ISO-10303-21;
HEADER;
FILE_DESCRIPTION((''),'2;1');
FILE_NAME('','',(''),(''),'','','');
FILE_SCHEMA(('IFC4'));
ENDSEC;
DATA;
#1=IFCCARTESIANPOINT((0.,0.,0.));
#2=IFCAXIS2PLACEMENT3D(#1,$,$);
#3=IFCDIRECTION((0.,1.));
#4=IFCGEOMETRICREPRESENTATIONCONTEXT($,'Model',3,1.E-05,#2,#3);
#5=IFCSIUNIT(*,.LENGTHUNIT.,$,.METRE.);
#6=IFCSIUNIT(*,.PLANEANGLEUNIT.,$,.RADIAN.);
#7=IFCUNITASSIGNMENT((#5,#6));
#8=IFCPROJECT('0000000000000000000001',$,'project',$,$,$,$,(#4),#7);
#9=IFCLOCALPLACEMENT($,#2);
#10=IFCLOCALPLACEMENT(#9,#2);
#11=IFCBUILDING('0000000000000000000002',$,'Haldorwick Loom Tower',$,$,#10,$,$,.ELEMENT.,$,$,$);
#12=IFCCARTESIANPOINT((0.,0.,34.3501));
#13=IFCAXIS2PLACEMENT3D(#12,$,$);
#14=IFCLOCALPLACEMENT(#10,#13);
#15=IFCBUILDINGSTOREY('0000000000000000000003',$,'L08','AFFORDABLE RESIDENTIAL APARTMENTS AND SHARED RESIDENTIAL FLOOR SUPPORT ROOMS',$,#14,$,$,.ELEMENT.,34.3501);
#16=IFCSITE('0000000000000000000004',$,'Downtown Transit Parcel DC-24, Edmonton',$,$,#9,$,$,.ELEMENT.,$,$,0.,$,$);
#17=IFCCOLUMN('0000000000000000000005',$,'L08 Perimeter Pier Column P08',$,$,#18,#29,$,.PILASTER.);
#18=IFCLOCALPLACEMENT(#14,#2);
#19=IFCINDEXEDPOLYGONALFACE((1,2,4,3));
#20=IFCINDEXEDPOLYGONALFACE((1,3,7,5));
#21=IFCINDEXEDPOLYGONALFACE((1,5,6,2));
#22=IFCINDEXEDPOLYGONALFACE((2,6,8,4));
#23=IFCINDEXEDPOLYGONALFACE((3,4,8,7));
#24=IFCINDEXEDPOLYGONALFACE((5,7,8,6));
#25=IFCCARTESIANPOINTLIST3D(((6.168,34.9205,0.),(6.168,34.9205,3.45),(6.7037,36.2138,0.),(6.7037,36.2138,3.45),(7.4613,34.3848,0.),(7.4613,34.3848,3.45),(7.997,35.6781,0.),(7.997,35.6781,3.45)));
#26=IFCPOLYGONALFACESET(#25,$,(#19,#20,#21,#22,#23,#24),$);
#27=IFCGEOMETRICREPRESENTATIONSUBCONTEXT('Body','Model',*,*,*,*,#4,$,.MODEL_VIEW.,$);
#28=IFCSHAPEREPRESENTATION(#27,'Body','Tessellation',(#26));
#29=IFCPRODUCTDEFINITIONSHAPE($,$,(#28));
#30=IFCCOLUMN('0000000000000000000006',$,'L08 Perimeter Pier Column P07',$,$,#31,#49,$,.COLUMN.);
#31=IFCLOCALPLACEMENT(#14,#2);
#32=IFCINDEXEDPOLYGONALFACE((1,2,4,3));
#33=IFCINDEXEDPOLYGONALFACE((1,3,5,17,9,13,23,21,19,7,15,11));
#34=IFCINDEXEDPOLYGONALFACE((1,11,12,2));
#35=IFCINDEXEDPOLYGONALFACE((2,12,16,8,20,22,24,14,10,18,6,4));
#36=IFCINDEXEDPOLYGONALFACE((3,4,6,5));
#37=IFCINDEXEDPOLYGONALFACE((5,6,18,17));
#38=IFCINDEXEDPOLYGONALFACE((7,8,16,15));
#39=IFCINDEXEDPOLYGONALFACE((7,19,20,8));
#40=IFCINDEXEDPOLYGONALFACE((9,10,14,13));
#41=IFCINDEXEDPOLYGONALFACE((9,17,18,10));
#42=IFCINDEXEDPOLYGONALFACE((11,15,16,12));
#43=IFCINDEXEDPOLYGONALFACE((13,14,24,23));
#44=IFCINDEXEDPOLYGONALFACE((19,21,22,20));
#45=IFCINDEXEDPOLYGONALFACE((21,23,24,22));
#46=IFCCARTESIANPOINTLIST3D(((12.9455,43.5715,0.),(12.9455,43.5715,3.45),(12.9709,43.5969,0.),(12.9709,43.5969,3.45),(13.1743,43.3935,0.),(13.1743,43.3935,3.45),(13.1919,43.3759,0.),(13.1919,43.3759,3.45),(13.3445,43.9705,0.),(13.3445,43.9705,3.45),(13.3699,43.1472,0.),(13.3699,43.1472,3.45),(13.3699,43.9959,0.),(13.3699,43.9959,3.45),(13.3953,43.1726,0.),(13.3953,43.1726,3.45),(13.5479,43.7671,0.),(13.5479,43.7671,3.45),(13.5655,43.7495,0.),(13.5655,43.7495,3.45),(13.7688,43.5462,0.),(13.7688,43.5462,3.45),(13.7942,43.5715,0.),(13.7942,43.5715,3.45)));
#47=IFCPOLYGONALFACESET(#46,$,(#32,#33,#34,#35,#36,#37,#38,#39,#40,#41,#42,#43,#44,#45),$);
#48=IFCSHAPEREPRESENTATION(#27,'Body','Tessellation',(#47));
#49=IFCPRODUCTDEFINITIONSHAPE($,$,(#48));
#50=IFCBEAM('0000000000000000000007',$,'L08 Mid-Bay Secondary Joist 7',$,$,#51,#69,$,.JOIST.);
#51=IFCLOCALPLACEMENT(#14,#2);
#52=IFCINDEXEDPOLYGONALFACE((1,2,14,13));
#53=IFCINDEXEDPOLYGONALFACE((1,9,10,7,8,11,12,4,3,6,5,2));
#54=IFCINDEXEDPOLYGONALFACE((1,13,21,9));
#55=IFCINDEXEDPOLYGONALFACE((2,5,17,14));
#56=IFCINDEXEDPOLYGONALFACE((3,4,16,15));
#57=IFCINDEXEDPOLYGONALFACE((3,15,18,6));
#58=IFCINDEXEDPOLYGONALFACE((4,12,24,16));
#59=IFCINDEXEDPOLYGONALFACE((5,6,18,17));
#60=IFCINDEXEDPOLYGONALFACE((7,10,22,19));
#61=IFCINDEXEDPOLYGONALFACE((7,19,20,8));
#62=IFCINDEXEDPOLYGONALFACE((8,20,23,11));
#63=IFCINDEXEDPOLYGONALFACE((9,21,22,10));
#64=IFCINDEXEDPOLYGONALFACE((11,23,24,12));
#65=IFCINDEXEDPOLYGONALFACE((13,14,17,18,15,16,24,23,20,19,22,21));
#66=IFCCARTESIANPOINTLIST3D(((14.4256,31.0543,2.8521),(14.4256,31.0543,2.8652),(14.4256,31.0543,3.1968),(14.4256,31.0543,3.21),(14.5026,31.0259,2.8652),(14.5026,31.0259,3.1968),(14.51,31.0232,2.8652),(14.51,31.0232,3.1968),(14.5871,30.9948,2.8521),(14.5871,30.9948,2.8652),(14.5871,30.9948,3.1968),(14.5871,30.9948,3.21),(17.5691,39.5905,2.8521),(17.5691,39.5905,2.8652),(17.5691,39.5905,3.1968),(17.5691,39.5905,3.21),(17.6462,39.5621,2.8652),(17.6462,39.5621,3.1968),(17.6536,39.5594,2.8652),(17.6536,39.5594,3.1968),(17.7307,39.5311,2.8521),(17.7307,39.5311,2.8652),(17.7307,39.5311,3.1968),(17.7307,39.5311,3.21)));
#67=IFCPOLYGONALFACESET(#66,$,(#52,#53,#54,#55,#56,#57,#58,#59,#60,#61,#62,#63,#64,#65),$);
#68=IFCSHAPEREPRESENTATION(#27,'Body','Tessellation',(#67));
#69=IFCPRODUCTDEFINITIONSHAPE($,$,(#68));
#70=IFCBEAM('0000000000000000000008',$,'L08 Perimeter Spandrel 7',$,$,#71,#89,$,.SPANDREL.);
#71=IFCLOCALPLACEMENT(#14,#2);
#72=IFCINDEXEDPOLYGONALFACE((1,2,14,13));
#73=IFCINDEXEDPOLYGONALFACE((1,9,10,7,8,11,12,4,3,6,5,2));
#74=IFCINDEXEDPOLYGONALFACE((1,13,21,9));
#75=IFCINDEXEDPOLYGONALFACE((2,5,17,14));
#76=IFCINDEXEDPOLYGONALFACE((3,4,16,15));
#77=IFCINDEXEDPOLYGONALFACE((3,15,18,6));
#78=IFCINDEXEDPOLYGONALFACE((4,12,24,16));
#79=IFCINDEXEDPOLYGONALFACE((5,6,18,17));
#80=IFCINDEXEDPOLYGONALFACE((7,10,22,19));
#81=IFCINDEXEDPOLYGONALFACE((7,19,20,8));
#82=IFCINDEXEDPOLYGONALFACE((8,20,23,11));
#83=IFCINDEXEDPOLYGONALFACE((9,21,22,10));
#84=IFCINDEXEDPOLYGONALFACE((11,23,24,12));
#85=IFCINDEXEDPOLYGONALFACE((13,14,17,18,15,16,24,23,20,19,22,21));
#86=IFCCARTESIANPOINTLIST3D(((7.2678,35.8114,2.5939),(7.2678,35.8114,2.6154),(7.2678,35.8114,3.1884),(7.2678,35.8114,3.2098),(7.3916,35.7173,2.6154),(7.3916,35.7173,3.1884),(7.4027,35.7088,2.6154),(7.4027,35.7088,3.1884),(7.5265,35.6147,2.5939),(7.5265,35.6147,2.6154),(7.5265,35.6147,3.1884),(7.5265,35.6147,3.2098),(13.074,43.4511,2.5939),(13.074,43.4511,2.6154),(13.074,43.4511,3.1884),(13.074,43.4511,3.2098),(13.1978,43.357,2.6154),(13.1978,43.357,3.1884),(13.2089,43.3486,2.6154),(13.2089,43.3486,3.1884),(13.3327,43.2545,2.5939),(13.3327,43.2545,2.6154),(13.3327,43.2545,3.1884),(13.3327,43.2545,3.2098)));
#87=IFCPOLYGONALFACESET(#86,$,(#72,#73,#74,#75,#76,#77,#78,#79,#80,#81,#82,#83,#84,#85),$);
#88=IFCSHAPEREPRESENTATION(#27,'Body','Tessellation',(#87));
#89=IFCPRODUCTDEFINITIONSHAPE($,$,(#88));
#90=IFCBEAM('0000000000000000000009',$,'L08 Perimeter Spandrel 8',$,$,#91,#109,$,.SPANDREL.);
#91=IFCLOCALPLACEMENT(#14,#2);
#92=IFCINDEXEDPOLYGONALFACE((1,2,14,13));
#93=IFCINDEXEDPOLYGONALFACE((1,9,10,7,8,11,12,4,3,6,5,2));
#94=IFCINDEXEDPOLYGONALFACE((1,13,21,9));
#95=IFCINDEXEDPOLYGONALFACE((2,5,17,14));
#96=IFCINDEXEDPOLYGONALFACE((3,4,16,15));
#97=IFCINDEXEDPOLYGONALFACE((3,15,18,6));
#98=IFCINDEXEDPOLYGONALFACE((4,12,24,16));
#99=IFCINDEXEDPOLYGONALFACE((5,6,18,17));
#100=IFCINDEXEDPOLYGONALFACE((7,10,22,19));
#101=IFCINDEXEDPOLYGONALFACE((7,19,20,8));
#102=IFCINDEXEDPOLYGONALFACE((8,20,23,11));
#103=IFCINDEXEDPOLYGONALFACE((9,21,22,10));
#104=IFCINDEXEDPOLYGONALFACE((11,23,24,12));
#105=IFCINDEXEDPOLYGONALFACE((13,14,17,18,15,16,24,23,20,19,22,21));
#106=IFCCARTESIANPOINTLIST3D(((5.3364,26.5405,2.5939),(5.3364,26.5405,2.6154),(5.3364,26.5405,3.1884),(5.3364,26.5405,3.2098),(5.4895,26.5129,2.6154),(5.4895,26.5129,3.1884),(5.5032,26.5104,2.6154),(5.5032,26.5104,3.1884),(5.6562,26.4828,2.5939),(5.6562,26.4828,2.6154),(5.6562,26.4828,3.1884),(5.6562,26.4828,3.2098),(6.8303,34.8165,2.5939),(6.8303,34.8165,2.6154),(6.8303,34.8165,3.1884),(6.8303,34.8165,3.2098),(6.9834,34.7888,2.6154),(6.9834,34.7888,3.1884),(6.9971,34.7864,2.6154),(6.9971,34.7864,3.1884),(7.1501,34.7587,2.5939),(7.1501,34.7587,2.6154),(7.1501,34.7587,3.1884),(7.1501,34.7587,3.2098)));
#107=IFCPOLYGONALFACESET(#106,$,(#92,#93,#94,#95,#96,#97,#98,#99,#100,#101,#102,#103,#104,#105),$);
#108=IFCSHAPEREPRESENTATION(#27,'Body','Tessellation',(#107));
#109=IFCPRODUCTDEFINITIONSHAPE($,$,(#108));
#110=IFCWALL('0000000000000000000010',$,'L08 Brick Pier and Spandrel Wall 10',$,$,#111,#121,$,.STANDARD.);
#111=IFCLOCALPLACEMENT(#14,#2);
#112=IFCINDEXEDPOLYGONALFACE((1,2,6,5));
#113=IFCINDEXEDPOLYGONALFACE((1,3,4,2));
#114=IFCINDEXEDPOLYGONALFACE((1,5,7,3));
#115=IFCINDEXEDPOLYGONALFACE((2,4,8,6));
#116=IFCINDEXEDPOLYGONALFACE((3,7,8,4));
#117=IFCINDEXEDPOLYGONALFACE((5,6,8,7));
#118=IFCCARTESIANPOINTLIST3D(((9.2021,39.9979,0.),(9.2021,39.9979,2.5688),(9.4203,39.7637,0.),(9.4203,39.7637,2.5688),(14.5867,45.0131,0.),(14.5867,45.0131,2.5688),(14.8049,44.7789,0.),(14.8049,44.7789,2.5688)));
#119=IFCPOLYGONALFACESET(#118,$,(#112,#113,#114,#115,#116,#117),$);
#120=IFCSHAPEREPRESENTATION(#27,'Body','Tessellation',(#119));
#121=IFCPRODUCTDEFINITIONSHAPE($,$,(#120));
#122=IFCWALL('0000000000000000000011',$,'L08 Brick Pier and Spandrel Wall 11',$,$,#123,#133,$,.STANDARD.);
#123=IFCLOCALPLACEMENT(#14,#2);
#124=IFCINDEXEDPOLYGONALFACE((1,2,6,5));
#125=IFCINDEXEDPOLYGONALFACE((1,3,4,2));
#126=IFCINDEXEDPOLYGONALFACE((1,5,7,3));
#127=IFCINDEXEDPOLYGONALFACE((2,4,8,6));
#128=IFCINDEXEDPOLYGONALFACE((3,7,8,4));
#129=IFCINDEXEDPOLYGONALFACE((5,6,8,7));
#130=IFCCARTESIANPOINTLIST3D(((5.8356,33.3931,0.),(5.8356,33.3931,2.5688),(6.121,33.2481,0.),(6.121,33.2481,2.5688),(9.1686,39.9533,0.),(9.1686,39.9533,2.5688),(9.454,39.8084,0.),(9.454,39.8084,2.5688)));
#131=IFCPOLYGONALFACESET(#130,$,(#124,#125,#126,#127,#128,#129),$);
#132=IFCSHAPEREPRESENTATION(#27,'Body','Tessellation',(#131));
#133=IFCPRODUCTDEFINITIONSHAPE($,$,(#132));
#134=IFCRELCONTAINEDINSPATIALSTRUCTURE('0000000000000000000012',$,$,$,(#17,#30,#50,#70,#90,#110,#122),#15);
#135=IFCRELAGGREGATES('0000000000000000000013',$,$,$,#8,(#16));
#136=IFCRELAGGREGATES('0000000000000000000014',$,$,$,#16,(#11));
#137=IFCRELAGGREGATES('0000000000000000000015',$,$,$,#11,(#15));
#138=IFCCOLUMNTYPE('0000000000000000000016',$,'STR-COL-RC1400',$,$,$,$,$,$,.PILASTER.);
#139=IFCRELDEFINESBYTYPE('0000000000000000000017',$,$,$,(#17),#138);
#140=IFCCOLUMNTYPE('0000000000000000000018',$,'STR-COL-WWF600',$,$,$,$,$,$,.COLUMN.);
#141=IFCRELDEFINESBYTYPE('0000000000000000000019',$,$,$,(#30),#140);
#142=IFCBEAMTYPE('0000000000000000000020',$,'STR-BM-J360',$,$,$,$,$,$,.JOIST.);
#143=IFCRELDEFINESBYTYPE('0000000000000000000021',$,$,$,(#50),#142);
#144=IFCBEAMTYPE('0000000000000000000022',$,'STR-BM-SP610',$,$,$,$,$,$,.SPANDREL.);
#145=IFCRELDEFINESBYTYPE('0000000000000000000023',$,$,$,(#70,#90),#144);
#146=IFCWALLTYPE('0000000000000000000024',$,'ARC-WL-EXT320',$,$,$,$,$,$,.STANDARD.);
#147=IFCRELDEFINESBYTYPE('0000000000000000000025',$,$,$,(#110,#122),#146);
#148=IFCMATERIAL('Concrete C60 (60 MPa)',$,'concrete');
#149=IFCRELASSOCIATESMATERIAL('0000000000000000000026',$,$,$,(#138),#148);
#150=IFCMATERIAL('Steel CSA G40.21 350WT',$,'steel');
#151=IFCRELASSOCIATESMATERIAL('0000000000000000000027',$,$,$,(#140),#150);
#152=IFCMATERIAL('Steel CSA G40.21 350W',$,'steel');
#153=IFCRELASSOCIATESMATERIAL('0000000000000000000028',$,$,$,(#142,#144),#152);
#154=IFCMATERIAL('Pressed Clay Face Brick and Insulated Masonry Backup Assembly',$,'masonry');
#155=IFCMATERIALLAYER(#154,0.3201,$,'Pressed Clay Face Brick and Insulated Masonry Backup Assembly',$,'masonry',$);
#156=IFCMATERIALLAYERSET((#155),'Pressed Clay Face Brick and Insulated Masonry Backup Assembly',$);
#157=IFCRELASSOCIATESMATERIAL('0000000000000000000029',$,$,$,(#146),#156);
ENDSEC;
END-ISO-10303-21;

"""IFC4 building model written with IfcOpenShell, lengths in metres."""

from ifc_helpers import new_model, si_unit, direction, frame, frame_2d, origin, origin_2d, place, context, subcontext, project, spatial, rectangle, i_section, extrude, material, layer, layer_set, material_profile, profile_set, type_object, element, save


model = new_model("IFC4")

# Units and contexts
model_context = context("Model", 3, precision=1e-05, world=origin(), true_north=direction((0.0, 1.0)))
body_context = subcontext(model_context, "Body", "Model", "MODEL_VIEW")
ifc_project = project(units=[si_unit("LENGTHUNIT", "METRE"), si_unit("PLANEANGLEUNIT", "RADIAN")], contexts=[model_context])

# Site, building, storey
site_placement = place(None, origin())
site = spatial("IfcSite", under=ifc_project, at=site_placement, Name="Downtown Transit Parcel DC-24, Edmonton", CompositionType="ELEMENT", RefElevation=0.0)
building_placement = place(site_placement, origin())
building = spatial("IfcBuilding", under=site, at=building_placement, Name="Haldorwick Loom Tower", CompositionType="ELEMENT")
storey_placement = place(building_placement, frame((0.0, 0.0, 34.3501)))
storey = spatial("IfcBuildingStorey", under=building, at=storey_placement, Name="L08", Description="AFFORDABLE RESIDENTIAL APARTMENTS AND SHARED RESIDENTIAL FLOOR SUPPORT ROOMS", CompositionType="ELEMENT", Elevation=34.3501)

# Columns
ifc_material_1 = material(Name="Concrete C60 (60 MPa)", Category="concrete")
ifc_material_profile_1 = material_profile(ifc_material_1, rectangle(XDim=1.3999, YDim=1.3999, at=origin_2d()), Name="RC1400X1400", Category="concrete")
ifc_profile_set_1 = profile_set([ifc_material_profile_1], Name="Concrete C60 (60 MPa)")
column_type_1 = type_object("IfcColumnType", Name="STR-COL-RC1400", PredefinedType="PILASTER", material=ifc_profile_set_1)
column_1_placement = place(storey_placement, frame((7.0825, 35.2993, 0.0), z_axis=(0.0, 0.0, 1.0), x_axis=(-0.92388, 0.382683, 0.0)))
element("IfcColumn", 1, at=column_1_placement, inside=storey, type_object=column_type_1, Name="L08 Perimeter Pier Column P08", PredefinedType="PILASTER", context=body_context, shape_type="SweptSolid", body=[
    extrude(rectangle(XDim=1.3999, YDim=1.3999, at=origin_2d()), origin(), (0.0, 0.0, 1.0), 3.45),
])
ifc_material_2 = material(Name="Steel CSA G40.21 350WT", Category="steel")
ifc_material_profile_2 = material_profile(ifc_material_2, i_section(OverallWidth=0.6001, OverallDepth=0.6001, WebThickness=0.0249, FlangeThickness=0.0359, at=origin_2d()), Name="WWF600X600", Category="steel")
ifc_profile_set_2 = profile_set([ifc_material_profile_2], Name="Steel CSA G40.21 350WT")
column_type_2 = type_object("IfcColumnType", Name="STR-COL-WWF600", PredefinedType="COLUMN", material=ifc_profile_set_2)
column_2_placement = place(storey_placement, frame((13.3699, 43.5715, 0.0), z_axis=(0.0, 0.0, 1.0), x_axis=(-0.707107, 0.707107, 0.0)))
element("IfcColumn", 2, at=column_2_placement, inside=storey, type_object=column_type_2, Name="L08 Perimeter Pier Column P07", PredefinedType="COLUMN", context=body_context, shape_type="SweptSolid", body=[
    extrude(i_section(OverallWidth=0.6001, OverallDepth=0.6001, WebThickness=0.0249, FlangeThickness=0.0359, at=origin_2d()), origin(), (0.0, 0.0, 1.0), 3.45),
])

# Beams
ifc_material_3 = material(Name="Steel CSA G40.21 350W", Category="steel")
ifc_material_profile_3 = material_profile(ifc_material_3, i_section(OverallWidth=0.1721, OverallDepth=0.3579, WebThickness=0.0078, FlangeThickness=0.0132, at=origin_2d()), Name="W360X57", Category="steel")
ifc_profile_set_3 = profile_set([ifc_material_profile_3], Name="Steel CSA G40.21 350W")
beam_type_1 = type_object("IfcBeamType", Name="STR-BM-J360", PredefinedType="JOIST", material=ifc_profile_set_3)
beam_1_placement = place(storey_placement, frame((17.6499, 39.5608, 3.031), z_axis=(-0.345576, -0.938391, 0.0), x_axis=(0.938391, -0.345576, 0.0)))
element("IfcBeam", 3, at=beam_1_placement, inside=storey, type_object=beam_type_1, Name="L08 Mid-Bay Secondary Joist 7", PredefinedType="JOIST", context=body_context, shape_type="SweptSolid", body=[
    extrude(i_section(OverallWidth=0.1721, OverallDepth=0.3579, WebThickness=0.0078, FlangeThickness=0.0132, at=origin_2d()), origin(), (0.0, 0.0, 1.0), 9.0967),
])
ifc_material_profile_4 = material_profile(ifc_material_3, i_section(OverallWidth=0.325, OverallDepth=0.616, WebThickness=0.0139, FlangeThickness=0.0215, at=origin_2d()), Name="W610X174", Category="steel")
ifc_profile_set_4 = profile_set([ifc_material_profile_4], Name="Steel CSA G40.21 350W")
beam_type_2 = type_object("IfcBeamType", Name="STR-BM-SP610", PredefinedType="SPANDREL", material=ifc_profile_set_4)
beam_2_placement = place(storey_placement, frame((13.2034, 43.3528, 2.9019), z_axis=(-0.605085, -0.796161, 0.0), x_axis=(0.796161, -0.605085, 0.0)))
element("IfcBeam", 4, at=beam_2_placement, inside=storey, type_object=beam_type_2, Name="L08 Perimeter Spandrel 7", PredefinedType="SPANDREL", context=body_context, shape_type="SweptSolid", body=[
    extrude(i_section(OverallWidth=0.325, OverallDepth=0.616, WebThickness=0.0139, FlangeThickness=0.0215, at=origin_2d()), origin(), (0.0, 0.0, 1.0), 9.5957),
])
beam_3_placement = place(storey_placement, frame((6.9902, 34.7876, 2.9019), z_axis=(-0.177641, -0.984095, 0.0), x_axis=(0.984095, -0.177641, 0.0)))
element("IfcBeam", 5, at=beam_3_placement, inside=storey, type_object=beam_type_2, Name="L08 Perimeter Spandrel 8", PredefinedType="SPANDREL", context=body_context, shape_type="SweptSolid", body=[
    extrude(i_section(OverallWidth=0.325, OverallDepth=0.616, WebThickness=0.0139, FlangeThickness=0.0215, at=origin_2d()), origin(), (0.0, 0.0, 1.0), 8.4097),
])

# Walls
ifc_material_4 = material(Name="Pressed Clay Face Brick and Insulated Masonry Backup Assembly", Category="masonry")
ifc_layer_1 = layer(ifc_material_4, 0.3201, Name="Pressed Clay Face Brick and Insulated Masonry Backup Assembly", Category="masonry")
ifc_layer_set_1 = layer_set([ifc_layer_1], Name="Pressed Clay Face Brick and Insulated Masonry Backup Assembly")
wall_type_1 = type_object("IfcWallType", Name="ARC-WL-EXT320", PredefinedType="STANDARD", material=ifc_layer_set_1)
for number, where, z_axis, x_axis, name in (
    (6, (14.6958, 44.896, 0.0), (0.0, 0.0, 1.0), (-0.731761, -0.681561, 0.0), "L08 Brick Pier and Spandrel Wall 10"),
    (7, (9.3113, 39.8809, 0.0), (0.0, 0.0, 1.0), (-0.452951, -0.891535, 0.0), "L08 Brick Pier and Spandrel Wall 11"),
):
    element("IfcWall", number, at=place(storey_placement, frame(where, z_axis=z_axis, x_axis=x_axis)), inside=storey, type_object=wall_type_1, Name=name, PredefinedType="STANDARD", context=body_context, shape_type="SweptSolid", body=[
        extrude(rectangle(XDim=7.3584, YDim=0.3201, at=frame_2d((3.6792, 0.0))), origin(), (0.0, 0.0, 1.0), 2.5688),
    ])

save(model, "model.ifc")
